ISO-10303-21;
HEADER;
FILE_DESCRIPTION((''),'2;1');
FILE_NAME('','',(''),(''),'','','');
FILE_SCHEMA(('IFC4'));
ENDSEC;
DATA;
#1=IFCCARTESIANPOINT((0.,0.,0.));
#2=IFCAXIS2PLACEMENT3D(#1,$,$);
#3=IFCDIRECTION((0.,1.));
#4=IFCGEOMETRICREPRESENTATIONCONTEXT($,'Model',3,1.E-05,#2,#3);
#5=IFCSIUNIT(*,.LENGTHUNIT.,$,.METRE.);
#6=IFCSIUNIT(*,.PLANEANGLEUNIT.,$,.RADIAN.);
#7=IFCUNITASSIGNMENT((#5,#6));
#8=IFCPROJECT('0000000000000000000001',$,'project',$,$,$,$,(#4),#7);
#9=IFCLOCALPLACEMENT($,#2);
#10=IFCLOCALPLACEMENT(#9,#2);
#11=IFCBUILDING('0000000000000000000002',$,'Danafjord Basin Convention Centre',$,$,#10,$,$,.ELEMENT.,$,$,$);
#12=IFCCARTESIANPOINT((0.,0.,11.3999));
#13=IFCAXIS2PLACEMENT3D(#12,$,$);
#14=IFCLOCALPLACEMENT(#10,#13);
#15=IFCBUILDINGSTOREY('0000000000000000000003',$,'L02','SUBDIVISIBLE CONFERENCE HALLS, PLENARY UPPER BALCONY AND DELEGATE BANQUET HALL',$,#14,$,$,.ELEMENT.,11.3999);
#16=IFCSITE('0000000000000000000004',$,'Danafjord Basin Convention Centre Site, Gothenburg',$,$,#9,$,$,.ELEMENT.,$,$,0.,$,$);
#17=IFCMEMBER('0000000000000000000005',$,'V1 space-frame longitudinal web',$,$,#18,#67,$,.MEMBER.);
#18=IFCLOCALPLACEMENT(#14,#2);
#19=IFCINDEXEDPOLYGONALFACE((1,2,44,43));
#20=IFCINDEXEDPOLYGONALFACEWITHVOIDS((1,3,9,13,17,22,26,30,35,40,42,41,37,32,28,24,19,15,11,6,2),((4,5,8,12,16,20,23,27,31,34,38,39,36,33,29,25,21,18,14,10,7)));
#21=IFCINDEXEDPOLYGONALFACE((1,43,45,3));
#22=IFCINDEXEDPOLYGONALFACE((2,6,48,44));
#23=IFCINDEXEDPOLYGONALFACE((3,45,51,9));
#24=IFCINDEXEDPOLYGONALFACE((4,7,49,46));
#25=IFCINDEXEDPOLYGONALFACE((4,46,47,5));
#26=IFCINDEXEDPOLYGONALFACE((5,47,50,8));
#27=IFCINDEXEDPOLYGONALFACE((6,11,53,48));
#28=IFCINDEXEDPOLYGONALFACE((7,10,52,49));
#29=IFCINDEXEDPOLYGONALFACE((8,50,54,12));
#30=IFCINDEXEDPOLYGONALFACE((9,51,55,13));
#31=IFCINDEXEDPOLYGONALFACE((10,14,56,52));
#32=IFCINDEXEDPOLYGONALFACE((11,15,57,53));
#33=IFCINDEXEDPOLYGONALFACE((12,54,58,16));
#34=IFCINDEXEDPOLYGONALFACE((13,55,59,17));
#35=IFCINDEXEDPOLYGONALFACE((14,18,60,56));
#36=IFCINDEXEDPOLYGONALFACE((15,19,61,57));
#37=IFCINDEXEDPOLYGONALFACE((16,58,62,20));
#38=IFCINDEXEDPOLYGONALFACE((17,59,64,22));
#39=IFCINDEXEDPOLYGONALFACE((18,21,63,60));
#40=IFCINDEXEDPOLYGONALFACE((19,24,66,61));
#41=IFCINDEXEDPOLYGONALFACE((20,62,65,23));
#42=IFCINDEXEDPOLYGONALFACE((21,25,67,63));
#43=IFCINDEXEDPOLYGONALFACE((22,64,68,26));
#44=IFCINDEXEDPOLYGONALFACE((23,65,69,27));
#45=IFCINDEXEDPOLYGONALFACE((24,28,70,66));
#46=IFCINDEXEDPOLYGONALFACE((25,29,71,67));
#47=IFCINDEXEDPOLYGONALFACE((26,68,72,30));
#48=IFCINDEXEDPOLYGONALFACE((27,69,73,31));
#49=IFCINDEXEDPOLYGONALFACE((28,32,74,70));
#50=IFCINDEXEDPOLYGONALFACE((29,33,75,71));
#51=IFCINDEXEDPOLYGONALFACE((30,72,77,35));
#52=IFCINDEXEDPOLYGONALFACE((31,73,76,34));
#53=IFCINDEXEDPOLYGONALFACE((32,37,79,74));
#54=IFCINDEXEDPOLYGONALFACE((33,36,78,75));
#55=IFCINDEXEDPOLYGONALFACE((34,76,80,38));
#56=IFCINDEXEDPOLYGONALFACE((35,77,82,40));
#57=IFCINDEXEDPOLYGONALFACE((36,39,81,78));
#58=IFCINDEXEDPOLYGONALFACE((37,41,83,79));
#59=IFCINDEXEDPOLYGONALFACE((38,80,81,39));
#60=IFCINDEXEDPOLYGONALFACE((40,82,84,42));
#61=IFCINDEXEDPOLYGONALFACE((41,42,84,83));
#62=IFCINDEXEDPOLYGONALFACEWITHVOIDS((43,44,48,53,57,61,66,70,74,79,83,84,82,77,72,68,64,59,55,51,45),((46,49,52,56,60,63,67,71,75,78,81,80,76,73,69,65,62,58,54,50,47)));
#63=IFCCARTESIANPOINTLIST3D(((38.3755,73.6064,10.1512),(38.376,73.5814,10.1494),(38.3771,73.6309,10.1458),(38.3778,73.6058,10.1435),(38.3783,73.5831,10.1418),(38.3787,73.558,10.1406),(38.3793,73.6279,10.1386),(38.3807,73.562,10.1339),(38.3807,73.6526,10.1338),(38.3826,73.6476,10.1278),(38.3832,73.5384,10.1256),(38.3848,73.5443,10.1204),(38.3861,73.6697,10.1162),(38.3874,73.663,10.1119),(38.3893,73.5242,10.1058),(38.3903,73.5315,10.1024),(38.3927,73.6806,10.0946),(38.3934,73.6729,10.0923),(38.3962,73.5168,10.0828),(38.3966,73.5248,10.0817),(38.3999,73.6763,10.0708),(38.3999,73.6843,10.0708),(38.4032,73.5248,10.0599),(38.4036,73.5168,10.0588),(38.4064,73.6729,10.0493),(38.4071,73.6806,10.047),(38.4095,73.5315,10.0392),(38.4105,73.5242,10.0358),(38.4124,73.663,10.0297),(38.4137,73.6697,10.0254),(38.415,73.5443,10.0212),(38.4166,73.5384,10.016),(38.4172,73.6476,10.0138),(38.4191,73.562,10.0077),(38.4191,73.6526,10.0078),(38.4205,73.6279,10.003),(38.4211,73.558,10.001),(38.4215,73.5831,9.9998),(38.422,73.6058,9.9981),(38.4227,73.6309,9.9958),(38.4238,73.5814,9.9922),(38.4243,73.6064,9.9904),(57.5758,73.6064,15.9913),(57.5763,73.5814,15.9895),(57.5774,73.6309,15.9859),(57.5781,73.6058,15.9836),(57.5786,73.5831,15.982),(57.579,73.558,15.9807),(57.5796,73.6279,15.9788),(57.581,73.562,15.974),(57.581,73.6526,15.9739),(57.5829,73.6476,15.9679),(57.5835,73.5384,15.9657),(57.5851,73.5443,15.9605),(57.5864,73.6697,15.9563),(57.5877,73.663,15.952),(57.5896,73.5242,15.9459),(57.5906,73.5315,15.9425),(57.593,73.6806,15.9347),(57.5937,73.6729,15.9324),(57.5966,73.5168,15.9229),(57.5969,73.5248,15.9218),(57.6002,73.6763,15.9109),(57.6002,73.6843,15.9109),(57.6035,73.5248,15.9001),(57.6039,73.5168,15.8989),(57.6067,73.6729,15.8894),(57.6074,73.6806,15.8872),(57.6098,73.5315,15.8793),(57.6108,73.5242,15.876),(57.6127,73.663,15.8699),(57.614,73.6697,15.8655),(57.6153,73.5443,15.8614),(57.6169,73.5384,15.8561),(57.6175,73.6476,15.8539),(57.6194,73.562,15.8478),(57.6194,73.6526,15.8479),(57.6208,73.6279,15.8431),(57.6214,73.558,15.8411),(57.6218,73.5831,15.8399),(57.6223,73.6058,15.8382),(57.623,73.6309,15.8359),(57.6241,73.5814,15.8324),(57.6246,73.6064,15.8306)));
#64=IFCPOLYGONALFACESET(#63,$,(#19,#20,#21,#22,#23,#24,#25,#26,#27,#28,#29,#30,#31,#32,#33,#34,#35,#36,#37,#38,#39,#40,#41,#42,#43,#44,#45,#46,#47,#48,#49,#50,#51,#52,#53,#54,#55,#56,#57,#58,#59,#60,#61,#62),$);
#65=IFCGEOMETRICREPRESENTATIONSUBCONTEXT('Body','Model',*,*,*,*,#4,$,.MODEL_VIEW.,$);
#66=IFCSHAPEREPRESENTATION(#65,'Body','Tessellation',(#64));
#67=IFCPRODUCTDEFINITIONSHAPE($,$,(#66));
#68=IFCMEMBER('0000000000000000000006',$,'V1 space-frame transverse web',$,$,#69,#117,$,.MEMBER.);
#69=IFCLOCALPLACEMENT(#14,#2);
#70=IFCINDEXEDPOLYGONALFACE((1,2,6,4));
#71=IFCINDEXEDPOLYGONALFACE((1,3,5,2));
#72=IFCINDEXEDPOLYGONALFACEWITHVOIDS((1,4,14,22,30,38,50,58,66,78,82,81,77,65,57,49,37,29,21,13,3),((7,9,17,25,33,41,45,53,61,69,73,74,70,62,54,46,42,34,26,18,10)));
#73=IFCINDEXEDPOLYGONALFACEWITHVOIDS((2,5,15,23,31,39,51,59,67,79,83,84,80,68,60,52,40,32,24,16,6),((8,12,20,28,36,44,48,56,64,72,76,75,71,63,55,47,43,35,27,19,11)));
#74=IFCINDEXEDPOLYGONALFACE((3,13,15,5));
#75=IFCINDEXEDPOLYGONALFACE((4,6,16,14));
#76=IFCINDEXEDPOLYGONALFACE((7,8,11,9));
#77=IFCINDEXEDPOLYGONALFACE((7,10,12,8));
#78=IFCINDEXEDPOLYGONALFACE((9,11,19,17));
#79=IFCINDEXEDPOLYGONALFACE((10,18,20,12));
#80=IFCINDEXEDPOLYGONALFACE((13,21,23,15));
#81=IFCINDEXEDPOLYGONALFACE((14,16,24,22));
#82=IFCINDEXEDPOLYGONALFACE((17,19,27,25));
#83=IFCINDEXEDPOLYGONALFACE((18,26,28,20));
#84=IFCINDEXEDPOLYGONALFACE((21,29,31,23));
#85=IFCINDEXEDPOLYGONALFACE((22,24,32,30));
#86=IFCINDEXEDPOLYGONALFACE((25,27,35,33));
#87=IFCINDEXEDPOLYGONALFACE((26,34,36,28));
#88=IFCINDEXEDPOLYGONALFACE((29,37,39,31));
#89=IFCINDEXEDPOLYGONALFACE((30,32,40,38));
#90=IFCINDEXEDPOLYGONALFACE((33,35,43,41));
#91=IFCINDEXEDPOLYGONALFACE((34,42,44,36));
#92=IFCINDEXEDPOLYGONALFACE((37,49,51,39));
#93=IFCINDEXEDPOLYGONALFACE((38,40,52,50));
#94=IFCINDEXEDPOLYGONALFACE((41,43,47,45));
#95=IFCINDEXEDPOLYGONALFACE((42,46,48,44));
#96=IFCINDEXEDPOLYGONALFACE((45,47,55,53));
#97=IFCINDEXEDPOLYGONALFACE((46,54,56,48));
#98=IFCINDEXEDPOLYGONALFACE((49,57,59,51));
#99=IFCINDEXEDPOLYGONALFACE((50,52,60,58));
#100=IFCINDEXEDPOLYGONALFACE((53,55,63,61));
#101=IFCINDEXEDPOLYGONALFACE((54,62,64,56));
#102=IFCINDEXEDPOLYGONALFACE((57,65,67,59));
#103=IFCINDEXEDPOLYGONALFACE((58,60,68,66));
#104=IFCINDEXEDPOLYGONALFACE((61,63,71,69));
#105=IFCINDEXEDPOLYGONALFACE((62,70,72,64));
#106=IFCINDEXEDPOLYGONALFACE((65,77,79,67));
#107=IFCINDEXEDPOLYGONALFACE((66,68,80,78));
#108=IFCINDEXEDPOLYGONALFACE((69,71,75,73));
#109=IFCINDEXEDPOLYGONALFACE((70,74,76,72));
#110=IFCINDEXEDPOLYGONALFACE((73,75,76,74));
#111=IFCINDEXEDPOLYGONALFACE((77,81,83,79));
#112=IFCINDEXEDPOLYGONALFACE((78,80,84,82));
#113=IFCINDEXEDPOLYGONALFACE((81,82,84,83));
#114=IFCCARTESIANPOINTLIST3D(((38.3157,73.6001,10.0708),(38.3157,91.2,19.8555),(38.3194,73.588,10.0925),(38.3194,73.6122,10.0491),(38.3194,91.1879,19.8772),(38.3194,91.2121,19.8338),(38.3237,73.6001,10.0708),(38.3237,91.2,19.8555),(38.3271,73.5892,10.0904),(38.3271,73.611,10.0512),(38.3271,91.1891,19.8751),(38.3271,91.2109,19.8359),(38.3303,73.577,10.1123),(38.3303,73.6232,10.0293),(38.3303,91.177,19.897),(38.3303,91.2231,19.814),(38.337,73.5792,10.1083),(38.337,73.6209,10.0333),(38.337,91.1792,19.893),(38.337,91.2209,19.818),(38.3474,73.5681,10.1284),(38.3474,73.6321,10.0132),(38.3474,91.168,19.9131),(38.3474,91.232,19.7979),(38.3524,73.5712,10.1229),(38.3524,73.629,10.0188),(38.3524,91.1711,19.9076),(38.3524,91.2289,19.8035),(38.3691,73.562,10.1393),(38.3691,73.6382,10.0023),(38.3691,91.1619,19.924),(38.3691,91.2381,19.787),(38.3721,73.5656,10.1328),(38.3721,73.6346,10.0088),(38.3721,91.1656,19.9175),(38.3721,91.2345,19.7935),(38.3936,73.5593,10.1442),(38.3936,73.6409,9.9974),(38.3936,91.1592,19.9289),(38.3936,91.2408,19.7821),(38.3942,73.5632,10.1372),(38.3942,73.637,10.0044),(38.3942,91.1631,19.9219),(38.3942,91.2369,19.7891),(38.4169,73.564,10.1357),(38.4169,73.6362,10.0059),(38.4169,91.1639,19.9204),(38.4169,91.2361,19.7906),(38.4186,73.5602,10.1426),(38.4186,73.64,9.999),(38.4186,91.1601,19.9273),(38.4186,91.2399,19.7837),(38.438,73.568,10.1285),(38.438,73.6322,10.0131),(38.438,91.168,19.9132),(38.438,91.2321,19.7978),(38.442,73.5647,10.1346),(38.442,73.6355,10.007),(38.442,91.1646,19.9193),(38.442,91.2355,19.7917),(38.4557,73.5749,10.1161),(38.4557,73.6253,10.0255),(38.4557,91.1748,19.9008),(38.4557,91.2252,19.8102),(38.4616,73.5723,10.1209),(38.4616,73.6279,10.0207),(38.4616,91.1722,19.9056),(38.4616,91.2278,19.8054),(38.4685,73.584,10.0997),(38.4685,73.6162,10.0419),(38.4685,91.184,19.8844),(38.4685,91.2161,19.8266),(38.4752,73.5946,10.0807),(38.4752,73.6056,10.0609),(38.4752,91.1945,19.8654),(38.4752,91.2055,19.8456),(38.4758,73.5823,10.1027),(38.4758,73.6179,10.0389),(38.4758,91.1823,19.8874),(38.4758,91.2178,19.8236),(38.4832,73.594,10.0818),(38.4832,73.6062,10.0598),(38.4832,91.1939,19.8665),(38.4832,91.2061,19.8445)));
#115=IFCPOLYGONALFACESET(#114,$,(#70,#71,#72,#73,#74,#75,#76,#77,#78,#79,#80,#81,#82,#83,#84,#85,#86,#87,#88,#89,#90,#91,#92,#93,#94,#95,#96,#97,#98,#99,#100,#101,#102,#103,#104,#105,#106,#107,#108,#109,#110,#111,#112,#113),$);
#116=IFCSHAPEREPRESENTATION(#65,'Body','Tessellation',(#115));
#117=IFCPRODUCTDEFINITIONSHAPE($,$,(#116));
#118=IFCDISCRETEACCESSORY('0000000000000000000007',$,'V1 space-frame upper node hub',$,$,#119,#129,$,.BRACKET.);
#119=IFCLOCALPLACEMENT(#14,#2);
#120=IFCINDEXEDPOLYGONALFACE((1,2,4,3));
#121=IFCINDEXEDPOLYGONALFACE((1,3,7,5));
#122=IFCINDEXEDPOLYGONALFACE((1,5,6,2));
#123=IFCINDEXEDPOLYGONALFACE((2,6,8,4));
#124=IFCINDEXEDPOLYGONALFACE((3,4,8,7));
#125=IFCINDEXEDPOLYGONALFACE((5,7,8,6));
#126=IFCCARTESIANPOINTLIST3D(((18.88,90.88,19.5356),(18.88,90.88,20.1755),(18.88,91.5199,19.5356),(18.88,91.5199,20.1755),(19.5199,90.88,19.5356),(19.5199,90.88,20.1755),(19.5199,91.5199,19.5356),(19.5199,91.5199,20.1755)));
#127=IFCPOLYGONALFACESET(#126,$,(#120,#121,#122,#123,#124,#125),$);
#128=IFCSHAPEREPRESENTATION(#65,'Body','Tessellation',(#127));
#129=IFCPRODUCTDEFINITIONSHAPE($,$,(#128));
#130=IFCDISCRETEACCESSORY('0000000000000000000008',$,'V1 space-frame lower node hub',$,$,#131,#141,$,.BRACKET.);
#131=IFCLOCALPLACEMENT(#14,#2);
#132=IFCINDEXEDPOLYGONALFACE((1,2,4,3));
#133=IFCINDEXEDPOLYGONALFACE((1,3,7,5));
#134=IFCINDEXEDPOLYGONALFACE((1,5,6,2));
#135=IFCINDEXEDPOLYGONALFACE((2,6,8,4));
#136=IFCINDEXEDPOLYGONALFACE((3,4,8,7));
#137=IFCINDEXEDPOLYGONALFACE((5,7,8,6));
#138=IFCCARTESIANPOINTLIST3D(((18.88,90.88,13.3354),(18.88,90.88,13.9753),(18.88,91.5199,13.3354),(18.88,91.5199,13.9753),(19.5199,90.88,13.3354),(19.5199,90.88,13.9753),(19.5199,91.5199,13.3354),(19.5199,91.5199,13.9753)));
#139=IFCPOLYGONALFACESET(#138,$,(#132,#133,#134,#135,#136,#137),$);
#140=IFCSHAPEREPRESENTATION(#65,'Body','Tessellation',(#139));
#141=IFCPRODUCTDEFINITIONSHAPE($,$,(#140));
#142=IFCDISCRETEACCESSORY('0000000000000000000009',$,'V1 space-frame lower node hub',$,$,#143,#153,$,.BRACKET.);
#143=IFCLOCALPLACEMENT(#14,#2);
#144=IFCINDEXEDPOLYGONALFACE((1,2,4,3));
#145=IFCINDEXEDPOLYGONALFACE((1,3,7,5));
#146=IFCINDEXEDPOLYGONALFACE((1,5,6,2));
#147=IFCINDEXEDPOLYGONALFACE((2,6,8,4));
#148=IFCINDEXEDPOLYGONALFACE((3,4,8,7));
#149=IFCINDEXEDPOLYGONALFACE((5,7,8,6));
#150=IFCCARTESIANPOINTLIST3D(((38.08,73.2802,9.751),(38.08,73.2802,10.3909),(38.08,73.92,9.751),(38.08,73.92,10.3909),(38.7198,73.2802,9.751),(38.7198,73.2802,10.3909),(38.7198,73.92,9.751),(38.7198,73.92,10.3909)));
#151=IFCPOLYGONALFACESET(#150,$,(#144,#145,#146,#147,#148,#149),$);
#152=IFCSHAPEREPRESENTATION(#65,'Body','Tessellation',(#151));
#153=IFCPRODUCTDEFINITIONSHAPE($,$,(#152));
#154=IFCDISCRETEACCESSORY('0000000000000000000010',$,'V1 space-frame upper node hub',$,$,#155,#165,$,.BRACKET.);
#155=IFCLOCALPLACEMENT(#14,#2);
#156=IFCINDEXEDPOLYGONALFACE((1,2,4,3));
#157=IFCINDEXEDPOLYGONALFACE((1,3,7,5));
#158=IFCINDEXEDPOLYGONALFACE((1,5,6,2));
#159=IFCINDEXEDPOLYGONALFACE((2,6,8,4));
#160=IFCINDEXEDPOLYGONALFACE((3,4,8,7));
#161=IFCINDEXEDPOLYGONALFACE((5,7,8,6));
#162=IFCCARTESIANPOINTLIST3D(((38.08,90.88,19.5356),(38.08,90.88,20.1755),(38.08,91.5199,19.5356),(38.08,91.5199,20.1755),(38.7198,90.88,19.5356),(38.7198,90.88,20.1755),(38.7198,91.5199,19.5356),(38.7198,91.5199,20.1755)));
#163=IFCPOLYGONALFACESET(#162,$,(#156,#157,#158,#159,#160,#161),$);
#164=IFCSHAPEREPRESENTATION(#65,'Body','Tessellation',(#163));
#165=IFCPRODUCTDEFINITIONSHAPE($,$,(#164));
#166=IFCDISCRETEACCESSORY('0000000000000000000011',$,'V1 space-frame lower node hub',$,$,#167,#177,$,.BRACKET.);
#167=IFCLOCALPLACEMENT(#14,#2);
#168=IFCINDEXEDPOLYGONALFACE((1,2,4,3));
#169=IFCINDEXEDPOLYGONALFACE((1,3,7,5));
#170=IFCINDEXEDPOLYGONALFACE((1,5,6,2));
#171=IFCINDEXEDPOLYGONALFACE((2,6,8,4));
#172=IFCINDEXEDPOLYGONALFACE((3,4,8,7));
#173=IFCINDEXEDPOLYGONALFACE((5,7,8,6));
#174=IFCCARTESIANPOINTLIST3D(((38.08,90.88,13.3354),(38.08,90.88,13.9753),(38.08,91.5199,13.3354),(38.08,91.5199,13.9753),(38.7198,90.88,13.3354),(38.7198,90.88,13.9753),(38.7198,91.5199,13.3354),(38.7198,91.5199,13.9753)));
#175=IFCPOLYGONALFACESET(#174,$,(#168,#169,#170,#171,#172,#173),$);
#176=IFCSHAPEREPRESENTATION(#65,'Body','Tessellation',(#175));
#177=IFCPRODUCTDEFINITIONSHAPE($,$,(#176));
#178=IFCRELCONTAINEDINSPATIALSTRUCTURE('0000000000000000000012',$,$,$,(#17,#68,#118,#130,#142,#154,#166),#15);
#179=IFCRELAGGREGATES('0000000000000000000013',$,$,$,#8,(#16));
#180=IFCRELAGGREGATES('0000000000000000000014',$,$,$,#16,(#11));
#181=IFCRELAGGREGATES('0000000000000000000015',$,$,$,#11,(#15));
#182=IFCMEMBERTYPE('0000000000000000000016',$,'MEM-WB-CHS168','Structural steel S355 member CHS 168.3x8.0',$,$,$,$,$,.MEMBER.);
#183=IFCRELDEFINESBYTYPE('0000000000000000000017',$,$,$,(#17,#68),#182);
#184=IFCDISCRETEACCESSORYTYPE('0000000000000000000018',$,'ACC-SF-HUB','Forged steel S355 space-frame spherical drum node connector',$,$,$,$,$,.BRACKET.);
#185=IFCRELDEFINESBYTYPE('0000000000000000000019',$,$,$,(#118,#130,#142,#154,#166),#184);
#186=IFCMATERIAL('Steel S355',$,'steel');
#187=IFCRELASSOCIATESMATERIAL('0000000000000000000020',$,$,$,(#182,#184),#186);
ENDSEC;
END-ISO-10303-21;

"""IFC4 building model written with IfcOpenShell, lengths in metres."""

from ifc_helpers import new_model, si_unit, direction, frame, origin, origin_2d, place, context, subcontext, project, spatial, rectangle, hollow_circle, extrude, material, material_profile, profile_set, type_object, element, save


model = new_model("IFC4")

# Units and contexts
model_context = context("Model", 3, precision=1e-05, world=origin(), true_north=direction((0.0, 1.0)))
body_context = subcontext(model_context, "Body", "Model", "MODEL_VIEW")
ifc_project = project(units=[si_unit("LENGTHUNIT", "METRE"), si_unit("PLANEANGLEUNIT", "RADIAN")], contexts=[model_context])

# Site, building, storey
site_placement = place(None, origin())
site = spatial("IfcSite", under=ifc_project, at=site_placement, Name="Danafjord Basin Convention Centre Site, Gothenburg", CompositionType="ELEMENT", RefElevation=0.0)
building_placement = place(site_placement, origin())
building = spatial("IfcBuilding", under=site, at=building_placement, Name="Danafjord Basin Convention Centre", CompositionType="ELEMENT")
storey_placement = place(building_placement, frame((0.0, 0.0, 11.3999)))
storey = spatial("IfcBuildingStorey", under=building, at=storey_placement, Name="L02", Description="SUBDIVISIBLE CONFERENCE HALLS, PLENARY UPPER BALCONY AND DELEGATE BANQUET HALL", CompositionType="ELEMENT", Elevation=11.3999)

# Members
ifc_material = material(Name="Steel S355", Category="steel")
ifc_material_profile_1 = material_profile(ifc_material, hollow_circle(Radius=0.0842, WallThickness=0.0081, at=origin_2d()), Name="CHS 168.3x8.0")
ifc_profile_set_1 = profile_set([ifc_material_profile_1], Name="Steel S355")
member_type_1 = type_object("IfcMemberType", Name="MEM-WB-CHS168", Description="Structural steel S355 member CHS 168.3x8.0", PredefinedType="MEMBER", material=ifc_profile_set_1)
member_1_placement = place(storey_placement, frame((38.3999, 73.6001, 10.0708), z_axis=(0.956722, 0.0, 0.291004), x_axis=(0.0, 1.0, 0.0)))
element("IfcMember", 1, at=member_1_placement, inside=storey, type_object=member_type_1, Name="V1 space-frame longitudinal web", PredefinedType="MEMBER", context=body_context, shape_type="SweptSolid", body=[
    extrude(hollow_circle(Radius=0.0842, WallThickness=0.0081, at=origin_2d()), origin(), (0.0, 0.0, 1.0), 20.0688),
])
member_2_placement = place(storey_placement, frame((38.3999, 73.6001, 10.0708), z_axis=(0.0, 0.87401, 0.485907), x_axis=(-1.0, 0.0, 0.0)))
element("IfcMember", 2, at=member_2_placement, inside=storey, type_object=member_type_1, Name="V1 space-frame transverse web", PredefinedType="MEMBER", context=body_context, shape_type="SweptSolid", body=[
    extrude(hollow_circle(Radius=0.0842, WallThickness=0.0081, at=origin_2d()), origin(), (0.0, 0.0, 1.0), 20.137),
])

# Discrete accessories
discrete_accessory_type = type_object("IfcDiscreteAccessoryType", Name="ACC-SF-HUB", Description="Forged steel S355 space-frame spherical drum node connector", PredefinedType="BRACKET", material=ifc_material)
for number, where, z_axis, x_axis, name in (
    (3, (19.2, 91.2, 19.5356), (0.0, 0.0, 1.0), (1.0, 0.0, 0.0), "V1 space-frame upper node hub"),
    (4, (19.2, 91.2, 13.3354), (0.0, 0.0, 1.0), (1.0, 0.0, 0.0), "V1 space-frame lower node hub"),
    (5, (38.3999, 73.6001, 9.751), (0.0, 0.0, 1.0), (1.0, 0.0, 0.0), "V1 space-frame lower node hub"),
    (6, (38.3999, 91.2, 19.5356), (0.0, 0.0, 1.0), (1.0, 0.0, 0.0), "V1 space-frame upper node hub"),
    (7, (38.3999, 91.2, 13.3354), (0.0, 0.0, 1.0), (1.0, 0.0, 0.0), "V1 space-frame lower node hub"),
):
    element("IfcDiscreteAccessory", number, at=place(storey_placement, frame(where, z_axis=z_axis, x_axis=x_axis)), inside=storey, type_object=discrete_accessory_type, Name=name, PredefinedType="BRACKET", context=body_context, shape_type="SweptSolid", body=[
        extrude(rectangle(XDim=0.6399, YDim=0.6399, at=origin_2d()), origin(), (0.0, 0.0, 1.0), 0.6399),
    ])

save(model, "model.ifc")
